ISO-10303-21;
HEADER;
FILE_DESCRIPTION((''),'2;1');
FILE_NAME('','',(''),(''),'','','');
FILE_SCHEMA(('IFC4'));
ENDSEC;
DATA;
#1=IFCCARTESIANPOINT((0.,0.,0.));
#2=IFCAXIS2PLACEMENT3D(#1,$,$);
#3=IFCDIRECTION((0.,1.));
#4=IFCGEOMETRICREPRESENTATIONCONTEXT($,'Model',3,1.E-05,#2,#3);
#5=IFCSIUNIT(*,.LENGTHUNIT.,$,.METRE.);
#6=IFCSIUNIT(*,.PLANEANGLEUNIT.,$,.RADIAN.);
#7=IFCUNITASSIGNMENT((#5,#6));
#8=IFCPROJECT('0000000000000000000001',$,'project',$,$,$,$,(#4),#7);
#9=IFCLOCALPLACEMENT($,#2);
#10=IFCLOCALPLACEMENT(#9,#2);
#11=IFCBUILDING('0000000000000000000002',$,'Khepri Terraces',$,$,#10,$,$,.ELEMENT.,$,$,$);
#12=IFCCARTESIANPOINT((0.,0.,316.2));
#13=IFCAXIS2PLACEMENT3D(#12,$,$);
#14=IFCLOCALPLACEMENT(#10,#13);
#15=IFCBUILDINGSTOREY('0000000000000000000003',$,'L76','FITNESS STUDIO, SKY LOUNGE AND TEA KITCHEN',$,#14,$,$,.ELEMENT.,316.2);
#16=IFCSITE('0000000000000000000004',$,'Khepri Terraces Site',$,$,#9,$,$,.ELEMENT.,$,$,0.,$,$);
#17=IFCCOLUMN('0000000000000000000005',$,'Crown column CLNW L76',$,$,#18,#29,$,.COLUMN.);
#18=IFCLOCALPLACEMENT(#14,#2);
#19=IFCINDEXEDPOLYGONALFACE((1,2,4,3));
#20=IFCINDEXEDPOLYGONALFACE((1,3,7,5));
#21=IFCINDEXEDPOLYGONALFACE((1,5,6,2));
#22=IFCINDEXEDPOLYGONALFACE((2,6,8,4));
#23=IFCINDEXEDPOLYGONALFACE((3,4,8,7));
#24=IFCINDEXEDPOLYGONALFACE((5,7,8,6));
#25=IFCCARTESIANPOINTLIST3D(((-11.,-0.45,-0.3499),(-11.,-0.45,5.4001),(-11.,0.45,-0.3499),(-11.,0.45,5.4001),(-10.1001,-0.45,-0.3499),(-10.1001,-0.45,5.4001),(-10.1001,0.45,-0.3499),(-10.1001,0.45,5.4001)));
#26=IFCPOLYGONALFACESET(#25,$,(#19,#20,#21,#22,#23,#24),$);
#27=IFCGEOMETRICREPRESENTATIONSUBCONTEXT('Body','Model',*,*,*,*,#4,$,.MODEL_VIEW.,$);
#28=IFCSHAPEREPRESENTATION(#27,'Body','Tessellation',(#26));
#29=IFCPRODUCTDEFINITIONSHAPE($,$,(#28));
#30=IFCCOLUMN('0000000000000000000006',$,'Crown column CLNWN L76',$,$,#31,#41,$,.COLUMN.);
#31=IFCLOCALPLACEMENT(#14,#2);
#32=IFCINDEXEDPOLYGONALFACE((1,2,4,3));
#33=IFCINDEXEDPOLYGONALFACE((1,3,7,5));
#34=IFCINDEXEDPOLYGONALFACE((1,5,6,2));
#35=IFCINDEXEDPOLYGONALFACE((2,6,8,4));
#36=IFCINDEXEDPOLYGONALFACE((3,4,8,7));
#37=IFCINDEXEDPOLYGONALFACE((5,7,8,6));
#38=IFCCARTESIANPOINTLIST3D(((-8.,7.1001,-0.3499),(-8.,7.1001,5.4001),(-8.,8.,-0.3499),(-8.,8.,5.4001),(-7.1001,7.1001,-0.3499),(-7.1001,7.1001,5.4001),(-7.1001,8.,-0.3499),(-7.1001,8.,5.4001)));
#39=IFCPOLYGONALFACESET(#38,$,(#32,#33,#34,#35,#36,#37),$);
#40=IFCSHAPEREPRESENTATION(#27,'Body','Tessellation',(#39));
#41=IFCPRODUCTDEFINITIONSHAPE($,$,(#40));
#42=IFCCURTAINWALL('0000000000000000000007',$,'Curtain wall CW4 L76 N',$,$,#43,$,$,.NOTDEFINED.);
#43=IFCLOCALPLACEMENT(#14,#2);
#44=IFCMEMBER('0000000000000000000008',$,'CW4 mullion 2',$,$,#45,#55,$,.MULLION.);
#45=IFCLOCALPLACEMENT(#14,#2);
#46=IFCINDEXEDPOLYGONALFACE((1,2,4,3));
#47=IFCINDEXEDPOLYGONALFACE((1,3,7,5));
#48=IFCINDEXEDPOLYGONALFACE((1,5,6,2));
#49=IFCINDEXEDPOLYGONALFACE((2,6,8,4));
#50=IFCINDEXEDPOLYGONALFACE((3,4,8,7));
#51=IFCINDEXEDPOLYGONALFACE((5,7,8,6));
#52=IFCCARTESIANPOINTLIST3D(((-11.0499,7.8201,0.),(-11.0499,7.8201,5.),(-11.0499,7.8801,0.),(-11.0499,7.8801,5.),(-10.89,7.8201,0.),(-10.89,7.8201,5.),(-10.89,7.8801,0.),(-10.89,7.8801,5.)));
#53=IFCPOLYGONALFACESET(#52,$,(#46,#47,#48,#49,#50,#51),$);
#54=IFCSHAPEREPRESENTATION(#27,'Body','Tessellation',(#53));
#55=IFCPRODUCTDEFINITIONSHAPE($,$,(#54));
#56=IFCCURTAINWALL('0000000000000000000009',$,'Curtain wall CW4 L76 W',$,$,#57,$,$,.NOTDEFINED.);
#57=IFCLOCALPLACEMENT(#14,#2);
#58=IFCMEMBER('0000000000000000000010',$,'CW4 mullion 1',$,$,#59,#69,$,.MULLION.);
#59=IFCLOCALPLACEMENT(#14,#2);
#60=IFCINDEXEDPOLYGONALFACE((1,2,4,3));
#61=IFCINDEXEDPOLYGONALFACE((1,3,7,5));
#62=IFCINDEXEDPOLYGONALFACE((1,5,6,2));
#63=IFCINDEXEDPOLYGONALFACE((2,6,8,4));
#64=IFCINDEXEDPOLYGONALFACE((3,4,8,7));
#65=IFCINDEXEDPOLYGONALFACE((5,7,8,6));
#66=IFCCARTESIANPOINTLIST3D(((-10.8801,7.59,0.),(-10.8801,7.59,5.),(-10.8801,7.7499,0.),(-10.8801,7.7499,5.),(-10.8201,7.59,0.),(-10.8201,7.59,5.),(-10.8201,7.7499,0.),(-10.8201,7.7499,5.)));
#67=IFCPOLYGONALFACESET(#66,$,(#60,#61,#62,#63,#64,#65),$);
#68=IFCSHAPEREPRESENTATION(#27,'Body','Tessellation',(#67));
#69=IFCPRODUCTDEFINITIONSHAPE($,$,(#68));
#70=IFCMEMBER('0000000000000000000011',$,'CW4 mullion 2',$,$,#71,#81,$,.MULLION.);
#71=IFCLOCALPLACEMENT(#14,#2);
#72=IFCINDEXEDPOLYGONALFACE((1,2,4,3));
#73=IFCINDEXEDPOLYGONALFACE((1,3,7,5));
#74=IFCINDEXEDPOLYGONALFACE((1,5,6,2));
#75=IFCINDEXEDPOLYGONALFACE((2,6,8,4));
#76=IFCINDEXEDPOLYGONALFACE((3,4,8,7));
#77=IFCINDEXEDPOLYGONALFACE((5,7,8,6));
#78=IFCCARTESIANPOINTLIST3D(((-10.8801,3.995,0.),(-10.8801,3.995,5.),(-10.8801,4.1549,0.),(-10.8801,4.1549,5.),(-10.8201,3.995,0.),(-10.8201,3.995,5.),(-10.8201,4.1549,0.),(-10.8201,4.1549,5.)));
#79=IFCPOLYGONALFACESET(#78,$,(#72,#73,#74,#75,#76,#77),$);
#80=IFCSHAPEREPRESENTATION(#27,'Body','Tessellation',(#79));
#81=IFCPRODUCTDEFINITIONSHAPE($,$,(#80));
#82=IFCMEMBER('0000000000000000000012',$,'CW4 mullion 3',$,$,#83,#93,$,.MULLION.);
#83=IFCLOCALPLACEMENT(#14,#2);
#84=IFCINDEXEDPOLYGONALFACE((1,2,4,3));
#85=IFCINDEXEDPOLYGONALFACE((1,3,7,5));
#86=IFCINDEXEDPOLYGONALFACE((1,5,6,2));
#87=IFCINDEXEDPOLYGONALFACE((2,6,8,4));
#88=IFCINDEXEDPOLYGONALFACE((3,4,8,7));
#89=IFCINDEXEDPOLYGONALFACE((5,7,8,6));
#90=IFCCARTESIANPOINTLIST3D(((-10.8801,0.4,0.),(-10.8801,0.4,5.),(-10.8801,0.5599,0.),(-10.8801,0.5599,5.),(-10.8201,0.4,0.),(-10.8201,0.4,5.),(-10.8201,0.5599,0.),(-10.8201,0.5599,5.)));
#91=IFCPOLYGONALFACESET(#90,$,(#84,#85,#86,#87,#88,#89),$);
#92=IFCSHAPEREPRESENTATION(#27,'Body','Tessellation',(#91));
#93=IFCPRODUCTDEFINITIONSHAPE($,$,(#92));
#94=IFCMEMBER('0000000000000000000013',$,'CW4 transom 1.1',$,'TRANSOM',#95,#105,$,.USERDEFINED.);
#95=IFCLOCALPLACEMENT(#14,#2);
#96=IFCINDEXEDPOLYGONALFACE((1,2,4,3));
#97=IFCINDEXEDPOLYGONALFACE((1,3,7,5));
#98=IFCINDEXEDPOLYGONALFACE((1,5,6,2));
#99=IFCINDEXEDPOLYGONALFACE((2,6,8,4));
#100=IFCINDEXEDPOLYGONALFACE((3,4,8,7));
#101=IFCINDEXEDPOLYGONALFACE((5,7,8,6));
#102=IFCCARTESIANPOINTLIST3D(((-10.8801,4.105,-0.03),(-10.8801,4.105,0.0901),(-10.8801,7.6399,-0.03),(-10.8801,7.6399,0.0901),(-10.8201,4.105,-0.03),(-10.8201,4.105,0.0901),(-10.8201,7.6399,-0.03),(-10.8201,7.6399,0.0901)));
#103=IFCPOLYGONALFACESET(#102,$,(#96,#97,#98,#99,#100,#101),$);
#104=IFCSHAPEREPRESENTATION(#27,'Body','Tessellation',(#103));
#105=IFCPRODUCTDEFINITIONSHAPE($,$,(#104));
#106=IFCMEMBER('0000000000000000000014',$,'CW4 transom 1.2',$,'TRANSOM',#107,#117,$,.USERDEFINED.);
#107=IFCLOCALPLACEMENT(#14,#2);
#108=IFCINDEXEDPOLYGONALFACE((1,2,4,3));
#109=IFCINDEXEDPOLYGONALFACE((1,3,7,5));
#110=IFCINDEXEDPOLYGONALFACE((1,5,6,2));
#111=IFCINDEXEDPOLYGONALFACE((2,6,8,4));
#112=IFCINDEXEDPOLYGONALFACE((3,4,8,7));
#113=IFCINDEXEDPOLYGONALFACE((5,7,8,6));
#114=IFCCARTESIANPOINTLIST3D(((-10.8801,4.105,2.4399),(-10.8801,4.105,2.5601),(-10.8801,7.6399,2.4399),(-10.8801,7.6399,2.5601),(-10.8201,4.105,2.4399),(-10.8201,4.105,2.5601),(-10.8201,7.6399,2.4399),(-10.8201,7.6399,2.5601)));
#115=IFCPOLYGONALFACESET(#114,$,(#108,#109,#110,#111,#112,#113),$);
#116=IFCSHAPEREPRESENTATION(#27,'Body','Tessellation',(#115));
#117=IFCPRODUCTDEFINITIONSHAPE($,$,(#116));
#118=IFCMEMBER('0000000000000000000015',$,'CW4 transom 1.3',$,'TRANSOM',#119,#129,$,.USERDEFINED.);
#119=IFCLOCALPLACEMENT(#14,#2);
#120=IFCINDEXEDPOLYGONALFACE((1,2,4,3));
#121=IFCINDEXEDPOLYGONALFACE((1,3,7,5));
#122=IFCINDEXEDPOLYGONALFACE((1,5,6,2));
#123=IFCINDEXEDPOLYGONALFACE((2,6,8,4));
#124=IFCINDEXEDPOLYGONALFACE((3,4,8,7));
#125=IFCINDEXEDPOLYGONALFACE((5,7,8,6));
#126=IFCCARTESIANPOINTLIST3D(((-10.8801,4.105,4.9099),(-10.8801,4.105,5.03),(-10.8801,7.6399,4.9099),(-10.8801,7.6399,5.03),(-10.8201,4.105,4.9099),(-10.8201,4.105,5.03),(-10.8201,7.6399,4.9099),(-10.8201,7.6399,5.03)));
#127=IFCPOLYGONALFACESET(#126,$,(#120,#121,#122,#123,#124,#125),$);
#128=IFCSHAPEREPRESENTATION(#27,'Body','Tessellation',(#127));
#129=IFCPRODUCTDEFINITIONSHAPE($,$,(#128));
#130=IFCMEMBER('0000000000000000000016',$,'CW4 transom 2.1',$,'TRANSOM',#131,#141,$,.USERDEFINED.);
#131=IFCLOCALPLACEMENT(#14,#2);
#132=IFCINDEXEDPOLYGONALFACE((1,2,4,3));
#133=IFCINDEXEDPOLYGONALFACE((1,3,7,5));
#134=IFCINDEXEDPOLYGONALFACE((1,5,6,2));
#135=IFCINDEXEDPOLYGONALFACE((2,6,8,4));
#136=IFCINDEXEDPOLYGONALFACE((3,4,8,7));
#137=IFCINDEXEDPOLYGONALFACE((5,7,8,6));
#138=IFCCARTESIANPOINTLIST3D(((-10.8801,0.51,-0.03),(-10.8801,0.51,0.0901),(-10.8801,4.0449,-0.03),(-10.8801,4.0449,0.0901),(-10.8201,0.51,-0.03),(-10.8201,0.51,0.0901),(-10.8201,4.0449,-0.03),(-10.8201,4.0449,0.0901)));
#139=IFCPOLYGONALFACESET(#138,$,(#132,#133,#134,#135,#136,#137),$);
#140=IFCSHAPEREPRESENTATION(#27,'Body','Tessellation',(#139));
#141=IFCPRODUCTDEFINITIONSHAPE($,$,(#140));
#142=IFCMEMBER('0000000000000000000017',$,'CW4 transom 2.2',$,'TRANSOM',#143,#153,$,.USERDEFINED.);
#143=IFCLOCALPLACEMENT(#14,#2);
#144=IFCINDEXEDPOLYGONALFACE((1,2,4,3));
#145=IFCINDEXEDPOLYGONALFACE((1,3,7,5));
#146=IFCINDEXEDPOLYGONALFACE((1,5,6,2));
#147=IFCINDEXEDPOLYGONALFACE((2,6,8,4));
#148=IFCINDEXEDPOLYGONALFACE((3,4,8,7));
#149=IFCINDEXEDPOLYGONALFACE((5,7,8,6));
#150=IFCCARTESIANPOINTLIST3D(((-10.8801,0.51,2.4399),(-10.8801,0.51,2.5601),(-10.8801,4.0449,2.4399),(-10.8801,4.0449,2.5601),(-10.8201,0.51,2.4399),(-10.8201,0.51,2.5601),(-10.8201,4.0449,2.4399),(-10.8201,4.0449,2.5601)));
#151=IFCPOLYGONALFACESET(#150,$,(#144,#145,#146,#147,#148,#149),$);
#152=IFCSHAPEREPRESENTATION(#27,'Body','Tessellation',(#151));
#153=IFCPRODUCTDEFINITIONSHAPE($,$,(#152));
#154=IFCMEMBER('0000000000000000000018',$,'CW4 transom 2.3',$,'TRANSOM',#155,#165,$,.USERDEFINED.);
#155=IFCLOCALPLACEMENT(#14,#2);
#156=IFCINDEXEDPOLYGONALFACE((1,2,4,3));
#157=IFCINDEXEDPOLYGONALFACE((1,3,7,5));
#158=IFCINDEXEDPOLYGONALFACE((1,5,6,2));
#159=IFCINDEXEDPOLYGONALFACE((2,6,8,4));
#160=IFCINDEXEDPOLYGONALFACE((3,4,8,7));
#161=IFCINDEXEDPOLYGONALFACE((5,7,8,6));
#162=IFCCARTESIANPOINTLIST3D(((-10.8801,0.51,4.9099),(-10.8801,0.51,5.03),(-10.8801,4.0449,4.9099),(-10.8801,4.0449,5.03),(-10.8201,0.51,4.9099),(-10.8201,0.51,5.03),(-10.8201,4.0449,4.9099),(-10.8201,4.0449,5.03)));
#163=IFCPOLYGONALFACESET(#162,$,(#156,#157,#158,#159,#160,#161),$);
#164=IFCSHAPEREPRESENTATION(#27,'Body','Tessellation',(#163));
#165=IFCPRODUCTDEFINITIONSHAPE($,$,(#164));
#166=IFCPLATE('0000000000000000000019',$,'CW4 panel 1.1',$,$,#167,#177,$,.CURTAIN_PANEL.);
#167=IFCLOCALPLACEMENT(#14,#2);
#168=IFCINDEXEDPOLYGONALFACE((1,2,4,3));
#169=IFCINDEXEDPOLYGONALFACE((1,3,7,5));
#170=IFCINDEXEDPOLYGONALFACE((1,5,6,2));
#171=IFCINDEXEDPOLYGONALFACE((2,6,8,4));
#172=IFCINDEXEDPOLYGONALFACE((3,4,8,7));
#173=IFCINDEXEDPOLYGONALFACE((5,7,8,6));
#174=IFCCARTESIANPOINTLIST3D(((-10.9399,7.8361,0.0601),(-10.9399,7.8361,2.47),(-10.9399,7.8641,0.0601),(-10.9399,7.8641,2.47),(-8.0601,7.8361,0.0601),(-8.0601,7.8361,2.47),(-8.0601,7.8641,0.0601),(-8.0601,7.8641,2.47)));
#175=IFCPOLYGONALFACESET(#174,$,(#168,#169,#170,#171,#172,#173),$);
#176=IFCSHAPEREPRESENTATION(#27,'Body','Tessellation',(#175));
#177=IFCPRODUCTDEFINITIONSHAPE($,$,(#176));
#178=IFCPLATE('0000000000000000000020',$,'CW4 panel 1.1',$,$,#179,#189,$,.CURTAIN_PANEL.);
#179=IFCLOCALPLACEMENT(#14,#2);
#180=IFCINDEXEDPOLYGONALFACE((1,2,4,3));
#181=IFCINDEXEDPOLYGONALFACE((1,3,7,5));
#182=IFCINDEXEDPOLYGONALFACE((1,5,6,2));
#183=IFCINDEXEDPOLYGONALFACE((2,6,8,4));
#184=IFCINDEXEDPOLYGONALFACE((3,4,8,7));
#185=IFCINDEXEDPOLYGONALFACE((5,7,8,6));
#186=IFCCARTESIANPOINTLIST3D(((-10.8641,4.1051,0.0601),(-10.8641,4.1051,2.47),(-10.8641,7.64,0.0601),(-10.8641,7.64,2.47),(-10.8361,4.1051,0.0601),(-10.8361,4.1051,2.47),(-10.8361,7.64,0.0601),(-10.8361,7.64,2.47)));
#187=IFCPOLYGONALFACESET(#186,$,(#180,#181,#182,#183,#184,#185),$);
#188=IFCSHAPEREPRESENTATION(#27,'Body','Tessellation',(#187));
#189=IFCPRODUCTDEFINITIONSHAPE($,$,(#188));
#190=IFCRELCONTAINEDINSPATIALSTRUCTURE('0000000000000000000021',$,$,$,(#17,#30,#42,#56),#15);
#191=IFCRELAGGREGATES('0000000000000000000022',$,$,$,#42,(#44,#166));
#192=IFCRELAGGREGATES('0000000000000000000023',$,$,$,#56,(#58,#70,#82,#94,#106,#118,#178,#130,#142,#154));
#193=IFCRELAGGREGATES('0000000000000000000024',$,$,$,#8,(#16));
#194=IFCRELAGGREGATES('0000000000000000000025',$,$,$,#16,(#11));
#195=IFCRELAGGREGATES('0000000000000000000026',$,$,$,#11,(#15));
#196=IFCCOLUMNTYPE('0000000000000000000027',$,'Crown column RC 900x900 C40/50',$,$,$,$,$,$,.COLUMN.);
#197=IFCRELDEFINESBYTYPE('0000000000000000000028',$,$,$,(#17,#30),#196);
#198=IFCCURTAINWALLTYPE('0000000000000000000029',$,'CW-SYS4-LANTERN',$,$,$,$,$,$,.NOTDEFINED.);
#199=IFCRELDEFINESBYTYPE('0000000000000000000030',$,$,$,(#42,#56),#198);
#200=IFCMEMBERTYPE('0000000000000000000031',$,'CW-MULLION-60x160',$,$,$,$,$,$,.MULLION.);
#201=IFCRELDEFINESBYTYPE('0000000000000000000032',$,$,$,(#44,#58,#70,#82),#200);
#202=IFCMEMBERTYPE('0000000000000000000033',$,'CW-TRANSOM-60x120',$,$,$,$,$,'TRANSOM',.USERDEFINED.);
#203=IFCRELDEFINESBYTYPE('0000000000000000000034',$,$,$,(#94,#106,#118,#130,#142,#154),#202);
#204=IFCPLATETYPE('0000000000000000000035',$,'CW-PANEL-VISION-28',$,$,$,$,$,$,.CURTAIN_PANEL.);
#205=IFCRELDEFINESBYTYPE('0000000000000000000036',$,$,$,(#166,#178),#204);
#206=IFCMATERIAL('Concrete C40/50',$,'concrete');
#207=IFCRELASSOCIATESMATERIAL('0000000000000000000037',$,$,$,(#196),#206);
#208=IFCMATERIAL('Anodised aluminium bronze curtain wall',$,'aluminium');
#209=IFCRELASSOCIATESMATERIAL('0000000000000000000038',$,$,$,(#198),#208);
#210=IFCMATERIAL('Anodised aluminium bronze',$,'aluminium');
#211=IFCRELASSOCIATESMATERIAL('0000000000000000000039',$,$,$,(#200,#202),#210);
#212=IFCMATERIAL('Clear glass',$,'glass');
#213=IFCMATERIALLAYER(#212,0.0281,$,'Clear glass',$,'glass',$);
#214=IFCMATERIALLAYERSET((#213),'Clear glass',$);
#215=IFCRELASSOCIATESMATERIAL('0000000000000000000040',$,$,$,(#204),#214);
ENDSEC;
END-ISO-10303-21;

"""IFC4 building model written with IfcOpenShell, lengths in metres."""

from ifc_helpers import new_model, si_unit, direction, frame, origin, origin_2d, place, context, subcontext, project, spatial, rectangle, extrude, material, layer, layer_set, material_profile, profile_set, type_object, element, aggregate, save


model = new_model("IFC4")

# Units and contexts
model_context = context("Model", 3, precision=1e-05, world=origin(), true_north=direction((0.0, 1.0)))
body_context = subcontext(model_context, "Body", "Model", "MODEL_VIEW")
ifc_project = project(units=[si_unit("LENGTHUNIT", "METRE"), si_unit("PLANEANGLEUNIT", "RADIAN")], contexts=[model_context])

# Site, building, storey
site_placement = place(None, origin())
site = spatial("IfcSite", under=ifc_project, at=site_placement, Name="Khepri Terraces Site", CompositionType="ELEMENT", RefElevation=0.0)
building_placement = place(site_placement, origin())
building = spatial("IfcBuilding", under=site, at=building_placement, Name="Khepri Terraces", CompositionType="ELEMENT")
storey_placement = place(building_placement, frame((0.0, 0.0, 316.2)))
storey = spatial("IfcBuildingStorey", under=building, at=storey_placement, Name="L76", Description="FITNESS STUDIO, SKY LOUNGE AND TEA KITCHEN", CompositionType="ELEMENT", Elevation=316.2)

# Columns
ifc_material_1 = material(Name="Concrete C40/50", Category="concrete")
ifc_material_profile_1 = material_profile(ifc_material_1, rectangle(XDim=0.8999, YDim=0.8999, at=origin_2d()), Name="Concrete C40/50", Category="concrete")
ifc_profile_set_1 = profile_set([ifc_material_profile_1], Name="Concrete C40/50")
column_type = type_object("IfcColumnType", Name="Crown column RC 900x900 C40/50", PredefinedType="COLUMN", material=ifc_profile_set_1)
for number, where, z_axis, x_axis, name in (
    (1, (-10.55, 0.0, -0.3499), (0.0, 0.0, 1.0), (1.0, 0.0, 0.0), "Crown column CLNW L76"),
    (2, (-7.55, 7.55, -0.3499), (0.0, 0.0, 1.0), (1.0, 0.0, 0.0), "Crown column CLNWN L76"),
):
    element("IfcColumn", number, at=place(storey_placement, frame(where, z_axis=z_axis, x_axis=x_axis)), inside=storey, type_object=column_type, Name=name, PredefinedType="COLUMN", context=body_context, shape_type="SweptSolid", body=[
        extrude(rectangle(XDim=0.8999, YDim=0.8999, at=origin_2d()), origin(), (0.0, 0.0, 1.0), 5.75),
    ])

# Curtain wall, member
ifc_material_2 = material(Name="Anodised aluminium bronze curtain wall", Category="aluminium")
curtain_wall_type = type_object("IfcCurtainWallType", Name="CW-SYS4-LANTERN", PredefinedType="NOTDEFINED", material=ifc_material_2)
curtain_wall_1_placement = place(storey_placement, origin())
curtain_wall_1 = element("IfcCurtainWall", 3, at=curtain_wall_1_placement, inside=storey, type_object=curtain_wall_type, Name="Curtain wall CW4 L76 N", PredefinedType="NOTDEFINED")
ifc_material_3 = material(Name="Anodised aluminium bronze", Category="aluminium")
ifc_material_profile_2 = material_profile(ifc_material_3, rectangle(XDim=0.0601, YDim=0.1599, at=origin_2d()), Name="Anodised aluminium bronze", Category="aluminium")
ifc_profile_set_2 = profile_set([ifc_material_profile_2], Name="Anodised aluminium bronze")
member_type_1 = type_object("IfcMemberType", Name="CW-MULLION-60x160", PredefinedType="MULLION", material=ifc_profile_set_2)
member_1_placement = place(storey_placement, frame((-10.97, 7.8501, 0.0), z_axis=(0.0, 0.0, 1.0), x_axis=(0.0, -1.0, 0.0)))
member_1 = element("IfcMember", 4, at=member_1_placement, type_object=member_type_1, Name="CW4 mullion 2", PredefinedType="MULLION", context=body_context, shape_type="SweptSolid", body=[
    extrude(rectangle(XDim=0.0601, YDim=0.1599, at=origin_2d()), origin(), (0.0, 0.0, 1.0), 5.0),
])

# Curtain wall, members
curtain_wall_2_placement = place(storey_placement, origin())
curtain_wall_2 = element("IfcCurtainWall", 5, at=curtain_wall_2_placement, inside=storey, type_object=curtain_wall_type, Name="Curtain wall CW4 L76 W", PredefinedType="NOTDEFINED")
member_2_placement = place(storey_placement, frame((-10.8501, 7.6699, 0.0), z_axis=(0.0, 0.0, 1.0), x_axis=(1.0, 0.0, 0.0)))
member_2 = element("IfcMember", 6, at=member_2_placement, type_object=member_type_1, Name="CW4 mullion 1", PredefinedType="MULLION", context=body_context, shape_type="SweptSolid", body=[
    extrude(rectangle(XDim=0.0601, YDim=0.1599, at=origin_2d()), origin(), (0.0, 0.0, 1.0), 5.0),
])
member_3_placement = place(storey_placement, frame((-10.8501, 4.075, 0.0), z_axis=(0.0, 0.0, 1.0), x_axis=(1.0, 0.0, 0.0)))
member_3 = element("IfcMember", 7, at=member_3_placement, type_object=member_type_1, Name="CW4 mullion 2", PredefinedType="MULLION", context=body_context, shape_type="SweptSolid", body=[
    extrude(rectangle(XDim=0.0601, YDim=0.1599, at=origin_2d()), origin(), (0.0, 0.0, 1.0), 5.0),
])
member_4_placement = place(storey_placement, frame((-10.8501, 0.48, 0.0), z_axis=(0.0, 0.0, 1.0), x_axis=(1.0, 0.0, 0.0)))
member_4 = element("IfcMember", 8, at=member_4_placement, type_object=member_type_1, Name="CW4 mullion 3", PredefinedType="MULLION", context=body_context, shape_type="SweptSolid", body=[
    extrude(rectangle(XDim=0.0601, YDim=0.1599, at=origin_2d()), origin(), (0.0, 0.0, 1.0), 5.0),
])
ifc_material_profile_3 = material_profile(ifc_material_3, rectangle(XDim=0.0601, YDim=0.1201, at=origin_2d()), Name="Anodised aluminium bronze", Category="aluminium")
ifc_profile_set_3 = profile_set([ifc_material_profile_3], Name="Anodised aluminium bronze")
member_type_2 = type_object("IfcMemberType", Name="CW-TRANSOM-60x120", ElementType="TRANSOM", PredefinedType="USERDEFINED", material=ifc_profile_set_3)
member_5_placement = place(storey_placement, frame((-10.8501, 7.6399, 0.03), z_axis=(0.0, -1.0, 0.0), x_axis=(1.0, 0.0, 0.0)))
member_5 = element("IfcMember", 9, at=member_5_placement, type_object=member_type_2, Name="CW4 transom 1.1", ObjectType="TRANSOM", PredefinedType="USERDEFINED", context=body_context, shape_type="SweptSolid", body=[
    extrude(rectangle(XDim=0.0601, YDim=0.1201, at=origin_2d()), origin(), (0.0, 0.0, 1.0), 3.5349),
])
member_6_placement = place(storey_placement, frame((-10.8501, 7.6399, 2.5), z_axis=(0.0, -1.0, 0.0), x_axis=(1.0, 0.0, 0.0)))
member_6 = element("IfcMember", 10, at=member_6_placement, type_object=member_type_2, Name="CW4 transom 1.2", ObjectType="TRANSOM", PredefinedType="USERDEFINED", context=body_context, shape_type="SweptSolid", body=[
    extrude(rectangle(XDim=0.0601, YDim=0.1201, at=origin_2d()), origin(), (0.0, 0.0, 1.0), 3.5349),
])
member_7_placement = place(storey_placement, frame((-10.8501, 7.6399, 4.97), z_axis=(0.0, -1.0, 0.0), x_axis=(1.0, 0.0, 0.0)))
member_7 = element("IfcMember", 11, at=member_7_placement, type_object=member_type_2, Name="CW4 transom 1.3", ObjectType="TRANSOM", PredefinedType="USERDEFINED", context=body_context, shape_type="SweptSolid", body=[
    extrude(rectangle(XDim=0.0601, YDim=0.1201, at=origin_2d()), origin(), (0.0, 0.0, 1.0), 3.5349),
])
member_8_placement = place(storey_placement, frame((-10.8501, 4.0449, 0.03), z_axis=(0.0, -1.0, 0.0), x_axis=(1.0, 0.0, 0.0)))
member_8 = element("IfcMember", 12, at=member_8_placement, type_object=member_type_2, Name="CW4 transom 2.1", ObjectType="TRANSOM", PredefinedType="USERDEFINED", context=body_context, shape_type="SweptSolid", body=[
    extrude(rectangle(XDim=0.0601, YDim=0.1201, at=origin_2d()), origin(), (0.0, 0.0, 1.0), 3.5349),
])
member_9_placement = place(storey_placement, frame((-10.8501, 4.0449, 2.5), z_axis=(0.0, -1.0, 0.0), x_axis=(1.0, 0.0, 0.0)))
member_9 = element("IfcMember", 13, at=member_9_placement, type_object=member_type_2, Name="CW4 transom 2.2", ObjectType="TRANSOM", PredefinedType="USERDEFINED", context=body_context, shape_type="SweptSolid", body=[
    extrude(rectangle(XDim=0.0601, YDim=0.1201, at=origin_2d()), origin(), (0.0, 0.0, 1.0), 3.5349),
])
member_10_placement = place(storey_placement, frame((-10.8501, 4.0449, 4.97), z_axis=(0.0, -1.0, 0.0), x_axis=(1.0, 0.0, 0.0)))
member_10 = element("IfcMember", 14, at=member_10_placement, type_object=member_type_2, Name="CW4 transom 2.3", ObjectType="TRANSOM", PredefinedType="USERDEFINED", context=body_context, shape_type="SweptSolid", body=[
    extrude(rectangle(XDim=0.0601, YDim=0.1201, at=origin_2d()), origin(), (0.0, 0.0, 1.0), 3.5349),
])

# Plates
ifc_material_4 = material(Name="Clear glass", Category="glass")
ifc_layer_1 = layer(ifc_material_4, 0.0281, Name="Clear glass", Category="glass")
ifc_layer_set_1 = layer_set([ifc_layer_1], Name="Clear glass")
plate_type = type_object("IfcPlateType", Name="CW-PANEL-VISION-28", PredefinedType="CURTAIN_PANEL", material=ifc_layer_set_1)
plate_1_placement = place(storey_placement, frame((-9.5, 7.8501, 0.0601), z_axis=(0.0, 0.0, 1.0), x_axis=(-1.0, 0.0, 0.0)))
plate_1 = element("IfcPlate", 15, at=plate_1_placement, type_object=plate_type, Name="CW4 panel 1.1", PredefinedType="CURTAIN_PANEL", context=body_context, shape_type="SweptSolid", body=[
    extrude(rectangle(XDim=2.8799, YDim=0.0281, at=origin_2d()), origin(), (0.0, 0.0, 1.0), 2.4099),
])
aggregate(curtain_wall_1, [member_1, plate_1])
plate_2_placement = place(storey_placement, frame((-10.8501, 5.8726, 0.0601), z_axis=(0.0, 0.0, 1.0), x_axis=(0.0, -1.0, 0.0)))
plate_2 = element("IfcPlate", 16, at=plate_2_placement, type_object=plate_type, Name="CW4 panel 1.1", PredefinedType="CURTAIN_PANEL", context=body_context, shape_type="SweptSolid", body=[
    extrude(rectangle(XDim=3.5349, YDim=0.0281, at=origin_2d()), origin(), (0.0, 0.0, 1.0), 2.4099),
])
aggregate(curtain_wall_2, [member_2, member_3, member_4, member_5, member_6, member_7, plate_2, member_8, member_9, member_10])

save(model, "model.ifc")
